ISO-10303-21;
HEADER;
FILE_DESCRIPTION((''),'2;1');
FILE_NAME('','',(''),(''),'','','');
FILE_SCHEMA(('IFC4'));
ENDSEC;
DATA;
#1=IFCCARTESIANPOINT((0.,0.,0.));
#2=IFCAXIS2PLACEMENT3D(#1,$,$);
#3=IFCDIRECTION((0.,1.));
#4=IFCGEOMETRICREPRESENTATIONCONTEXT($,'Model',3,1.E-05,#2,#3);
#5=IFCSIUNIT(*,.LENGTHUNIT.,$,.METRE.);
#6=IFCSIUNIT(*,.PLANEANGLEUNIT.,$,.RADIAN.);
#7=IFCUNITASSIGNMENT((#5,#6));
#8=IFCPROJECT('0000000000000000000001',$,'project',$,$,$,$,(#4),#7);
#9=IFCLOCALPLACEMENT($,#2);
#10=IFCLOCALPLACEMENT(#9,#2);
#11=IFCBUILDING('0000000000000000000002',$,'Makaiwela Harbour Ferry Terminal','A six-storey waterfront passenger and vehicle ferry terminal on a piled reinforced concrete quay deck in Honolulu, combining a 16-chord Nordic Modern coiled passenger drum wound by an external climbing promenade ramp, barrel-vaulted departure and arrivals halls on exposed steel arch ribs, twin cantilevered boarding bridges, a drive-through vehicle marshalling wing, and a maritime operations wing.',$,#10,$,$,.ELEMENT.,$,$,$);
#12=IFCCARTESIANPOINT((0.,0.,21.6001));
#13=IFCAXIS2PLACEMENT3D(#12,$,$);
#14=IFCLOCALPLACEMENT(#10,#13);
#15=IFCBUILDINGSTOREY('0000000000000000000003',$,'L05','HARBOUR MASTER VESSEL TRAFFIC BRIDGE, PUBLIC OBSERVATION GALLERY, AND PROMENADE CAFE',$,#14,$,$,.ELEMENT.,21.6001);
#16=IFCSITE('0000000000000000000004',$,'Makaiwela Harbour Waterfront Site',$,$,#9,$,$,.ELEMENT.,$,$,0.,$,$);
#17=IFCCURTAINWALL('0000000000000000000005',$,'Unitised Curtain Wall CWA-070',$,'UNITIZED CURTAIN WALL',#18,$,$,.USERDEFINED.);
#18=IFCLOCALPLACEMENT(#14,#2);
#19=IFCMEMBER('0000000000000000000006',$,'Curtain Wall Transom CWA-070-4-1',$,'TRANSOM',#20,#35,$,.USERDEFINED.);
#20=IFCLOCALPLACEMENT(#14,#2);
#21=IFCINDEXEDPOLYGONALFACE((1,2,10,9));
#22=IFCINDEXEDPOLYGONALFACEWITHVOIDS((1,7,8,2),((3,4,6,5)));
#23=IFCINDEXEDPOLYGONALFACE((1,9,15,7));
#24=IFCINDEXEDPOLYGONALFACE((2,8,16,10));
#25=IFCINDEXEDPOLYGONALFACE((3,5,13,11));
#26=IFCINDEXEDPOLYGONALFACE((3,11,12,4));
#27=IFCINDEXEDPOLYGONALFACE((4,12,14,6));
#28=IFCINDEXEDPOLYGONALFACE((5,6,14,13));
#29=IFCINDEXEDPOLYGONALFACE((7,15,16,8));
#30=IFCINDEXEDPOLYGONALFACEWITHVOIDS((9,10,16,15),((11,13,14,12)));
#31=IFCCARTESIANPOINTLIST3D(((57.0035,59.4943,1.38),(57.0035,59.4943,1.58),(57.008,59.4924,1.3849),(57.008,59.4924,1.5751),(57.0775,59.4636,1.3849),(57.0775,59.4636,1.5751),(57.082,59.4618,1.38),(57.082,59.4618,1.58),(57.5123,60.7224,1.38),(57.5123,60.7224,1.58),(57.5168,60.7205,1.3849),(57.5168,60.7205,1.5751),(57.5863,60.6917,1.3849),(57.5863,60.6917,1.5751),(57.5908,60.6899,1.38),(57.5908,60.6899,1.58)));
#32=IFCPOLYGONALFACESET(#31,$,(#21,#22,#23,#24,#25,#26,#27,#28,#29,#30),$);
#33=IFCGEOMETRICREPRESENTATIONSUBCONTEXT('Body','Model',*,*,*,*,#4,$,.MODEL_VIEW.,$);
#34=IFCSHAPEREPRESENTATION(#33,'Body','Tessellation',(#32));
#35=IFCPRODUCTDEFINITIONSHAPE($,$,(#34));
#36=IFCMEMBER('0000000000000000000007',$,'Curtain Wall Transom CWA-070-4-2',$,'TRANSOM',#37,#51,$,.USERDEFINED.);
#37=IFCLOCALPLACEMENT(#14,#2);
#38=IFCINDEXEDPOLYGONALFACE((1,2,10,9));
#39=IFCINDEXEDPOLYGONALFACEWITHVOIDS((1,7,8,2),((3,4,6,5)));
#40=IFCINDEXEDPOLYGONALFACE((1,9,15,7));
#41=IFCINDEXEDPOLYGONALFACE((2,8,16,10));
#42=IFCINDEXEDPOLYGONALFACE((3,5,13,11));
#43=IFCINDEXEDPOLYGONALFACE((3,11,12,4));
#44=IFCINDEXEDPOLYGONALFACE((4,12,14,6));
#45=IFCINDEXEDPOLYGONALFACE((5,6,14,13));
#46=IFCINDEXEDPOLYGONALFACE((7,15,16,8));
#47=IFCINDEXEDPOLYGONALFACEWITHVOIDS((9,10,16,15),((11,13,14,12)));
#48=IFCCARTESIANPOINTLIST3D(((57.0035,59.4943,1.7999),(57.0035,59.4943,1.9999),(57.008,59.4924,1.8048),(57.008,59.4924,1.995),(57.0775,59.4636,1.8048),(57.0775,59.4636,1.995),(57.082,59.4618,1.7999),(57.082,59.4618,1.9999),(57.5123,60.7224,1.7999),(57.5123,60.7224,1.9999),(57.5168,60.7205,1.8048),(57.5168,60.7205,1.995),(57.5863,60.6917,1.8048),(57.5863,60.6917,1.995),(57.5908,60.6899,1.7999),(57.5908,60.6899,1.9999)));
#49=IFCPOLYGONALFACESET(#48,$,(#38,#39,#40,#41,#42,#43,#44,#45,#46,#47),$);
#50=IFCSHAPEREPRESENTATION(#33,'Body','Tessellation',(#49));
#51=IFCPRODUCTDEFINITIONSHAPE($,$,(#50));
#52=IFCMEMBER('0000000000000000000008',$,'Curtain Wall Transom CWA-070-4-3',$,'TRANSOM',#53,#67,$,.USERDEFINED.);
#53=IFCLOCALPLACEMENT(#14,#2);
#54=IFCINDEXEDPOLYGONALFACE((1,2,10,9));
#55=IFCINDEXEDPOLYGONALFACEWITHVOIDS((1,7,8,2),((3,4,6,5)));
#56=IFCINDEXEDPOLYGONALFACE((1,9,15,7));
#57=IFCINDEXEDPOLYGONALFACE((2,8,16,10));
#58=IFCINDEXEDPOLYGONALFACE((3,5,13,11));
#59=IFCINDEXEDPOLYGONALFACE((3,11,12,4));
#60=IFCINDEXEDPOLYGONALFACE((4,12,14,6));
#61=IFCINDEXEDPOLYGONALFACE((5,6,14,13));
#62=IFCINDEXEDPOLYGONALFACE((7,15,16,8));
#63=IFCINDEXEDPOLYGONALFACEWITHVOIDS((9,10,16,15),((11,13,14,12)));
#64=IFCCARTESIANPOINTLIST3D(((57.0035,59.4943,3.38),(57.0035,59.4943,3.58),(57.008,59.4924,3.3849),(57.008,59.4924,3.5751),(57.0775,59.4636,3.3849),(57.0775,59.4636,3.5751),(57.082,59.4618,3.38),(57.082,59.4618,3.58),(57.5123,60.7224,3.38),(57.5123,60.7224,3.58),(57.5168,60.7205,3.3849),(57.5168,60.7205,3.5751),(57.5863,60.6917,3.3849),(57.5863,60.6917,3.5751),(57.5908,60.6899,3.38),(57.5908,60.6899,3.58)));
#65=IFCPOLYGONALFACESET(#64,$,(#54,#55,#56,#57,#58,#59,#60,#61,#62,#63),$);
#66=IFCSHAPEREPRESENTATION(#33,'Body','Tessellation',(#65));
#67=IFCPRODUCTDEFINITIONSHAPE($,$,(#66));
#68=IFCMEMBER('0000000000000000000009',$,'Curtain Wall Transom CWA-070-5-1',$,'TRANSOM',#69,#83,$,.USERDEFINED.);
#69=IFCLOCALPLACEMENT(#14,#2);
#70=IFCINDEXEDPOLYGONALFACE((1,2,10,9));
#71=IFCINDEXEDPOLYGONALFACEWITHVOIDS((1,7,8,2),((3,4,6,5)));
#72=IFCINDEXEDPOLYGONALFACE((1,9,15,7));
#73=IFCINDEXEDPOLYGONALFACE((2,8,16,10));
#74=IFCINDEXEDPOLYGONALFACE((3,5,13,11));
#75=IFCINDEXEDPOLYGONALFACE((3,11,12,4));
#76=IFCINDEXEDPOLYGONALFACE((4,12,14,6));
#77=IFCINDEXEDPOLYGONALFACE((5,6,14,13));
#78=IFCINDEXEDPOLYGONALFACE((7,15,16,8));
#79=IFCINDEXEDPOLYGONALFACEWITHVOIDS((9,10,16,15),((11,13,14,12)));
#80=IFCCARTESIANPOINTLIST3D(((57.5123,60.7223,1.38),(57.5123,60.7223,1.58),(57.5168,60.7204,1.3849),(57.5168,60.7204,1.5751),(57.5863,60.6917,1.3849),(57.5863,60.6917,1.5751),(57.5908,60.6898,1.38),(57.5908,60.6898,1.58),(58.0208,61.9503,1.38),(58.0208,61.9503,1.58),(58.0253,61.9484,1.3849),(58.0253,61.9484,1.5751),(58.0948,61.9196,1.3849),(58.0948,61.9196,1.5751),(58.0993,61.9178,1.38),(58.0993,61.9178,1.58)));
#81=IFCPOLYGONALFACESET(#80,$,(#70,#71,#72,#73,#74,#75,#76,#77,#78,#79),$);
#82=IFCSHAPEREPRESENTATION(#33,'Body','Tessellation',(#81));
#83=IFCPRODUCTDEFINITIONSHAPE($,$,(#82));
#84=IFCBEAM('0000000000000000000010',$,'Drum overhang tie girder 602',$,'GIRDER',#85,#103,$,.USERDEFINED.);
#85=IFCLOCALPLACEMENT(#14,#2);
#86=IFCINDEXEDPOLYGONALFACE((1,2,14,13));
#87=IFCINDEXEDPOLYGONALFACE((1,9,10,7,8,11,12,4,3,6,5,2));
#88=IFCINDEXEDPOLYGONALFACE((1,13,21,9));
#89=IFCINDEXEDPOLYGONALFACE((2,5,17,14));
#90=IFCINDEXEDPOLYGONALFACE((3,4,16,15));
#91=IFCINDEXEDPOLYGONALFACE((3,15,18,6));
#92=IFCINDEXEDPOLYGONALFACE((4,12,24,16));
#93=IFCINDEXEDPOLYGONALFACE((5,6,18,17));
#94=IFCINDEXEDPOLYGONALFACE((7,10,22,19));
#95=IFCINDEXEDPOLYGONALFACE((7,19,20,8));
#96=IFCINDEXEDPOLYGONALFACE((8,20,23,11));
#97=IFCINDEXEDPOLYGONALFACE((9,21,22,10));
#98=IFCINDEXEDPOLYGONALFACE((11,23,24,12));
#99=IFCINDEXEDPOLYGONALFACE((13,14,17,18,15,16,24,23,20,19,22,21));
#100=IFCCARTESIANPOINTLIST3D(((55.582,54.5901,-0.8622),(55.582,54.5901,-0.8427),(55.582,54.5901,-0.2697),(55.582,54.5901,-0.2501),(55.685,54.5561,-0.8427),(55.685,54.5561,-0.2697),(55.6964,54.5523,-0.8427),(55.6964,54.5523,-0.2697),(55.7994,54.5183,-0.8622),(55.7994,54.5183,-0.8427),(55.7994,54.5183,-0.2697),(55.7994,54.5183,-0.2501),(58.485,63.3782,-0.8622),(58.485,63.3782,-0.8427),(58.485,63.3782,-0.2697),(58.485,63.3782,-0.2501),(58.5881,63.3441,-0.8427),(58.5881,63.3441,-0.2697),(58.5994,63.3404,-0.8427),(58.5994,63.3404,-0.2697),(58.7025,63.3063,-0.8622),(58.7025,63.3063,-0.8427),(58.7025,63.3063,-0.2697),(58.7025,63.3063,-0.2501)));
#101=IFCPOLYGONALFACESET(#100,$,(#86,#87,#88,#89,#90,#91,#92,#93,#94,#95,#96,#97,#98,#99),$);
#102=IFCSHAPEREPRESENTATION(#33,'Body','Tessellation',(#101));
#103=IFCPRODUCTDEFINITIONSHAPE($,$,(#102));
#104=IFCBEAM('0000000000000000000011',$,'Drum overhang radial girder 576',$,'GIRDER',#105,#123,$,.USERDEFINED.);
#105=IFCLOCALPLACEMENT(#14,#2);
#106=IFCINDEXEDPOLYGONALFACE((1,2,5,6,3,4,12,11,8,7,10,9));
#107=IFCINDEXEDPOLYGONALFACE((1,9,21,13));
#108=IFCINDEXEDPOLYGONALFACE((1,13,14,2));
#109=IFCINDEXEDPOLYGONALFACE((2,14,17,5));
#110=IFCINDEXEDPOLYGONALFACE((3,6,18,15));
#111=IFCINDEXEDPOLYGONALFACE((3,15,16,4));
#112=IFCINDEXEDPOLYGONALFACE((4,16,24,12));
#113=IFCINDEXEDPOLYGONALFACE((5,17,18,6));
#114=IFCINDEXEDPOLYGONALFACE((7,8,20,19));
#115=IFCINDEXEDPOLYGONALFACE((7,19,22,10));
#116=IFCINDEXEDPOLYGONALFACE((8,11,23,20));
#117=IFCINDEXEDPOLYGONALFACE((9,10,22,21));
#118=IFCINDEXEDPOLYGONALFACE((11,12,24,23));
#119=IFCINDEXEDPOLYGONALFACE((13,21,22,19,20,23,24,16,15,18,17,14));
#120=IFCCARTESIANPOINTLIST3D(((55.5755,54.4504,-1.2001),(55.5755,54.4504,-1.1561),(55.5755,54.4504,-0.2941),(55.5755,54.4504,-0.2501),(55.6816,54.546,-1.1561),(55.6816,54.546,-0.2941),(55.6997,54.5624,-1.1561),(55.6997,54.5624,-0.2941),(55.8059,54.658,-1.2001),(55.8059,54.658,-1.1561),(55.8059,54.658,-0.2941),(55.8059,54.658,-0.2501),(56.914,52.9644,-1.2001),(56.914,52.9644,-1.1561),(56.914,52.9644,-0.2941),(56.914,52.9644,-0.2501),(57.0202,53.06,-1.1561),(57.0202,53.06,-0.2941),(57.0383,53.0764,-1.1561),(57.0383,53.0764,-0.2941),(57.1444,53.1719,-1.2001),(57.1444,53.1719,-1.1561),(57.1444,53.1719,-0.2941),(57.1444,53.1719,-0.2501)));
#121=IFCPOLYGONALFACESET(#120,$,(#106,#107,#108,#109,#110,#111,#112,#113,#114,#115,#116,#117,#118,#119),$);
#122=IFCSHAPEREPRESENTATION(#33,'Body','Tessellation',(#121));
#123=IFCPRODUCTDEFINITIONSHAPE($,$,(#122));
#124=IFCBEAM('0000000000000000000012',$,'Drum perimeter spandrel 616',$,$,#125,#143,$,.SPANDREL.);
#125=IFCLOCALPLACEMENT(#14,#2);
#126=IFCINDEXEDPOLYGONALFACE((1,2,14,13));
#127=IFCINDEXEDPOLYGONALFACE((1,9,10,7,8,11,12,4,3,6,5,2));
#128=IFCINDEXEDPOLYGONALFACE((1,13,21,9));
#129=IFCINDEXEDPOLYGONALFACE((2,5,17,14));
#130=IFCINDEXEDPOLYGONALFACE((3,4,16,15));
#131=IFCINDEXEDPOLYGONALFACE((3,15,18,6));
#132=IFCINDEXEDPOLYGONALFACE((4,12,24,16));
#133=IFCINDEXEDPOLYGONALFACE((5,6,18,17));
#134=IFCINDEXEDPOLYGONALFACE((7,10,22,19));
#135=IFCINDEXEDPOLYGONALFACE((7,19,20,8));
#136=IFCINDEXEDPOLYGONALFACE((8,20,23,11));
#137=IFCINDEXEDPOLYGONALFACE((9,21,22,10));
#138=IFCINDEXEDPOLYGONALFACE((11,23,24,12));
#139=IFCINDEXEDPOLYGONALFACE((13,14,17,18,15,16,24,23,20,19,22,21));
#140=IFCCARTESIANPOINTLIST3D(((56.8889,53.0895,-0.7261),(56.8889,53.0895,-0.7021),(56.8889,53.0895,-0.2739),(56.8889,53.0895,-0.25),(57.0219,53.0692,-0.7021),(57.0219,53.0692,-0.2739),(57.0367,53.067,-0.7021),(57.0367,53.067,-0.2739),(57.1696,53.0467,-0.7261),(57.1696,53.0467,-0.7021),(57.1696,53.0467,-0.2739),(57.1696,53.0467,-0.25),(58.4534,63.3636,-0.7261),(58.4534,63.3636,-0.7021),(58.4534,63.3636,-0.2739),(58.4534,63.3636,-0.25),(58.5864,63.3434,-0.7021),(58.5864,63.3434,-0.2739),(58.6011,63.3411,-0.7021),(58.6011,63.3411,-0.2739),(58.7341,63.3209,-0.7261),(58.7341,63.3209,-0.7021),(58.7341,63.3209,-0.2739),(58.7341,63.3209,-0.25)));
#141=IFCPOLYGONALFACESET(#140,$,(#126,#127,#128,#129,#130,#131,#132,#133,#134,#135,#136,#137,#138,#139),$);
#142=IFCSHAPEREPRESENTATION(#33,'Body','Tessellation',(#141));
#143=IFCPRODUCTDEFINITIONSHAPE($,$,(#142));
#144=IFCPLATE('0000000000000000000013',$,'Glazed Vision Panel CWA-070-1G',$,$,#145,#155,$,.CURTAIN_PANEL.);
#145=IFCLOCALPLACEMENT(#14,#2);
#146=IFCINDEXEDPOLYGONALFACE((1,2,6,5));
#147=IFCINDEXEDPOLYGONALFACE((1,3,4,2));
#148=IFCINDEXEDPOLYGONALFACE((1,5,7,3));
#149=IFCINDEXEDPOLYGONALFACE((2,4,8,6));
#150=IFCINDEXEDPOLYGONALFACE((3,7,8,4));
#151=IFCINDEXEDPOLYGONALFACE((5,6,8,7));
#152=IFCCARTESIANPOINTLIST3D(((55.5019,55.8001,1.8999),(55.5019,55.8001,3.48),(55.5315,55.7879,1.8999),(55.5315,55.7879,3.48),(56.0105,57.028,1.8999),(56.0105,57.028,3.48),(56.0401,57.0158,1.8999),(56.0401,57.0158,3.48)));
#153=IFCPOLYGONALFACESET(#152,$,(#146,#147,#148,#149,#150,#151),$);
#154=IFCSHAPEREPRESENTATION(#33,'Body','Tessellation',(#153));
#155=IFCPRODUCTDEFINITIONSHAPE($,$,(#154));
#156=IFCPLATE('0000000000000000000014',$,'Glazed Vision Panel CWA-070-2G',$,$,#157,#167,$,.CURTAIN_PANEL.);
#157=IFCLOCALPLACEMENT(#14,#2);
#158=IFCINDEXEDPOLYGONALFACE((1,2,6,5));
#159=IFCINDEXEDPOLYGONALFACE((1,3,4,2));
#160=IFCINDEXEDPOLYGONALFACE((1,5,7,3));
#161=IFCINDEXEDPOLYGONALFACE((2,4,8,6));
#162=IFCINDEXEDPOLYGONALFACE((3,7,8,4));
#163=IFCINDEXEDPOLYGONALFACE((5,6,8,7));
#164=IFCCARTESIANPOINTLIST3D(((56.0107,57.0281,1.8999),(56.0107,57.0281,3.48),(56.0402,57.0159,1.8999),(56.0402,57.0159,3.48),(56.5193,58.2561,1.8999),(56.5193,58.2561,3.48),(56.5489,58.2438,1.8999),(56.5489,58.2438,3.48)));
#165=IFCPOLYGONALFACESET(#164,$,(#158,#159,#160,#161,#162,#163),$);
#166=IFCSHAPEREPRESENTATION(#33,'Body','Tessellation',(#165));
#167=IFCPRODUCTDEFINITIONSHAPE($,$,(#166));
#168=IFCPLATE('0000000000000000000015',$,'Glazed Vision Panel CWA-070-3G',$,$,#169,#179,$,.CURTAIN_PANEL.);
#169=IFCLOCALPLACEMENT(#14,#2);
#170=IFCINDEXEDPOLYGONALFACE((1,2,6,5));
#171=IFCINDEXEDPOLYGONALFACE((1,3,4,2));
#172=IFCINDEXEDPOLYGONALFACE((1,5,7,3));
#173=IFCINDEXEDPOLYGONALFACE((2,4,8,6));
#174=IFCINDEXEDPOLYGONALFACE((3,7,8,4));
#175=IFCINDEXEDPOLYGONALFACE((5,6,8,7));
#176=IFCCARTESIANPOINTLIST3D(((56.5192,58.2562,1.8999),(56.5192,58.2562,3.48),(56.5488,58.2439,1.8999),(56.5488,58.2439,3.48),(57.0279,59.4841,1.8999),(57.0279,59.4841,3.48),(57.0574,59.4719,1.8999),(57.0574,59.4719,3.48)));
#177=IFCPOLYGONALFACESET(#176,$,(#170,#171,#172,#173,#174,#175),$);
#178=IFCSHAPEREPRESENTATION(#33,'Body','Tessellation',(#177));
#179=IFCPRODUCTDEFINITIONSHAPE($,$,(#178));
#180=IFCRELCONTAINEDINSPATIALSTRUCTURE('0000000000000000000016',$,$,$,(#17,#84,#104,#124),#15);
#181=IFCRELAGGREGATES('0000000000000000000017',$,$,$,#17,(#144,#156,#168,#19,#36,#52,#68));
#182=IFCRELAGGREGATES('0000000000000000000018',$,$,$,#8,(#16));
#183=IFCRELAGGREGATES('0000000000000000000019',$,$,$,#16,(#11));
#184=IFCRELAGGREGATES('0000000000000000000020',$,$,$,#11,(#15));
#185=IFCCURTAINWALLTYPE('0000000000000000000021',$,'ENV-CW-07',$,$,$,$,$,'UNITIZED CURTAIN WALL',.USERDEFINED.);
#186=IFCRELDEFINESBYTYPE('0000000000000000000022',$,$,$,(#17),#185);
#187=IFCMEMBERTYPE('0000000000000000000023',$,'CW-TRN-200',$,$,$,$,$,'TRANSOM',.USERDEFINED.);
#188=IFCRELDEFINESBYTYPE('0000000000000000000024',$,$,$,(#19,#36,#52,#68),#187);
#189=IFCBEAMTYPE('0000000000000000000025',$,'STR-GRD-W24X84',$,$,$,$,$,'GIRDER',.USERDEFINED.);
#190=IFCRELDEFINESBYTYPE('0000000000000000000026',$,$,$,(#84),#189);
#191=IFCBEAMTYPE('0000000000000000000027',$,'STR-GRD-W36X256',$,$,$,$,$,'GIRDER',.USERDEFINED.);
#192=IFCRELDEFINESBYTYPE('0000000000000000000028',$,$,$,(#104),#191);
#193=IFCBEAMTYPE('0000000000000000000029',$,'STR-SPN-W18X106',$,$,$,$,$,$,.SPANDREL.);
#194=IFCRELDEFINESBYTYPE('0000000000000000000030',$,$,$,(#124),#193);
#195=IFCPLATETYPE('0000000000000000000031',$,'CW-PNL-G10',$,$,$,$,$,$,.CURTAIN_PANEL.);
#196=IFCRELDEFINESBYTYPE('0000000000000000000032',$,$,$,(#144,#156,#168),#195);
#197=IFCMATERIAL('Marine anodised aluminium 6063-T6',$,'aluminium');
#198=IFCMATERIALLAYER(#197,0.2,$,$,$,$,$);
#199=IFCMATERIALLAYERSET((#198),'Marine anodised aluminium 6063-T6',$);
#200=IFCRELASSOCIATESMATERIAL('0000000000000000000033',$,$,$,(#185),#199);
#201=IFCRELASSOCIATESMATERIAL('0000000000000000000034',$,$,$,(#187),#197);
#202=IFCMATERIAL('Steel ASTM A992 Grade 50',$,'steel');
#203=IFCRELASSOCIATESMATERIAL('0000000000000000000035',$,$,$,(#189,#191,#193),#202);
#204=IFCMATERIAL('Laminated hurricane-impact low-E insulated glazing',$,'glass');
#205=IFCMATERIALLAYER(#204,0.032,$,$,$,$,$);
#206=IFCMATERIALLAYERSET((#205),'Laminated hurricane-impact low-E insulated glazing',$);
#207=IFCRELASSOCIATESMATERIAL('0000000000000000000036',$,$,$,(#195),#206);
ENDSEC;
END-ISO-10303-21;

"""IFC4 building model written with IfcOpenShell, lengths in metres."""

from ifc_helpers import new_model, si_unit, direction, frame, origin, origin_2d, place, context, subcontext, project, spatial, rectangle, hollow_rectangle, i_section, extrude, material, layer, layer_set, material_profile, profile_set, type_object, element, aggregate, save


model = new_model("IFC4")

# Units and contexts
model_context = context("Model", 3, precision=1e-05, world=origin(), true_north=direction((0.0, 1.0)))
body_context = subcontext(model_context, "Body", "Model", "MODEL_VIEW")
ifc_project = project(units=[si_unit("LENGTHUNIT", "METRE"), si_unit("PLANEANGLEUNIT", "RADIAN")], contexts=[model_context])

# Site, building, storey
site_placement = place(None, origin())
site = spatial("IfcSite", under=ifc_project, at=site_placement, Name="Makaiwela Harbour Waterfront Site", CompositionType="ELEMENT", RefElevation=0.0)
building_placement = place(site_placement, origin())
building = spatial("IfcBuilding", under=site, at=building_placement, Name="Makaiwela Harbour Ferry Terminal", Description="A six-storey waterfront passenger and vehicle ferry terminal on a piled reinforced concrete quay deck in Honolulu, combining a 16-chord Nordic Modern coiled passenger drum wound by an external climbing promenade ramp, barrel-vaulted departure and arrivals halls on exposed steel arch ribs, twin cantilevered boarding bridges, a drive-through vehicle marshalling wing, and a maritime operations wing.", CompositionType="ELEMENT")
storey_placement = place(building_placement, frame((0.0, 0.0, 21.6001)))
storey = spatial("IfcBuildingStorey", under=building, at=storey_placement, Name="L05", Description="HARBOUR MASTER VESSEL TRAFFIC BRIDGE, PUBLIC OBSERVATION GALLERY, AND PROMENADE CAFE", CompositionType="ELEMENT", Elevation=21.6001)

# Curtain wall, members
ifc_material_1 = material(Name="Marine anodised aluminium 6063-T6", Category="aluminium")
ifc_layer_1 = layer(ifc_material_1, 0.2)
ifc_layer_set_1 = layer_set([ifc_layer_1], Name="Marine anodised aluminium 6063-T6")
curtain_wall_type = type_object("IfcCurtainWallType", Name="ENV-CW-07", ElementType="UNITIZED CURTAIN WALL", PredefinedType="USERDEFINED", material=ifc_layer_set_1)
curtain_wall_placement = place(storey_placement, origin())
curtain_wall = element("IfcCurtainWall", 1, at=curtain_wall_placement, inside=storey, type_object=curtain_wall_type, Name="Unitised Curtain Wall CWA-070", ObjectType="UNITIZED CURTAIN WALL", PredefinedType="USERDEFINED")
ifc_material_profile_1 = material_profile(ifc_material_1, hollow_rectangle(XDim=0.085, YDim=0.2, WallThickness=0.0049, at=origin_2d()), Name="CWT-200X85")
ifc_profile_set_1 = profile_set([ifc_material_profile_1], Name="Marine anodised aluminium 6063-T6")
member_type_1 = type_object("IfcMemberType", Name="CW-TRN-200", ElementType="TRANSOM", PredefinedType="USERDEFINED", material=ifc_profile_set_1)
member_1_placement = place(storey_placement, frame((57.0427, 59.478, 1.48), z_axis=(0.382763, 0.923847, 0.0), x_axis=(-0.923847, 0.382763, 0.0)))
member_1 = element("IfcMember", 2, at=member_1_placement, type_object=member_type_1, Name="Curtain Wall Transom CWA-070-4-1", ObjectType="TRANSOM", PredefinedType="USERDEFINED", context=body_context, shape_type="SweptSolid", body=[
    extrude(hollow_rectangle(XDim=0.085, YDim=0.2, WallThickness=0.0049, at=origin_2d()), origin(), (0.0, 0.0, 1.0), 1.3293),
])
member_2_placement = place(storey_placement, frame((57.0427, 59.478, 1.8999), z_axis=(0.382763, 0.923847, 0.0), x_axis=(-0.923847, 0.382763, 0.0)))
member_2 = element("IfcMember", 3, at=member_2_placement, type_object=member_type_1, Name="Curtain Wall Transom CWA-070-4-2", ObjectType="TRANSOM", PredefinedType="USERDEFINED", context=body_context, shape_type="SweptSolid", body=[
    extrude(hollow_rectangle(XDim=0.085, YDim=0.2, WallThickness=0.0049, at=origin_2d()), origin(), (0.0, 0.0, 1.0), 1.3293),
])
member_3_placement = place(storey_placement, frame((57.0427, 59.478, 3.48), z_axis=(0.382763, 0.923847, 0.0), x_axis=(-0.923847, 0.382763, 0.0)))
member_3 = element("IfcMember", 4, at=member_3_placement, type_object=member_type_1, Name="Curtain Wall Transom CWA-070-4-3", ObjectType="TRANSOM", PredefinedType="USERDEFINED", context=body_context, shape_type="SweptSolid", body=[
    extrude(hollow_rectangle(XDim=0.085, YDim=0.2, WallThickness=0.0049, at=origin_2d()), origin(), (0.0, 0.0, 1.0), 1.3293),
])
member_4_placement = place(storey_placement, frame((57.5515, 60.7061, 1.48), z_axis=(0.382606, 0.923912, 0.0), x_axis=(-0.923912, 0.382606, 0.0)))
member_4 = element("IfcMember", 5, at=member_4_placement, type_object=member_type_1, Name="Curtain Wall Transom CWA-070-5-1", ObjectType="TRANSOM", PredefinedType="USERDEFINED", context=body_context, shape_type="SweptSolid", body=[
    extrude(hollow_rectangle(XDim=0.085, YDim=0.2, WallThickness=0.0049, at=origin_2d()), origin(), (0.0, 0.0, 1.0), 1.3291),
])

# Beams
ifc_material_2 = material(Name="Steel ASTM A992 Grade 50", Category="steel")
ifc_material_profile_2 = material_profile(ifc_material_2, i_section(OverallWidth=0.229, OverallDepth=0.6121, WebThickness=0.012, FlangeThickness=0.0195, at=origin_2d()), Name="W24X84")
ifc_profile_set_2 = profile_set([ifc_material_profile_2], Name="Steel ASTM A992 Grade 50")
beam_type_1 = type_object("IfcBeamType", Name="STR-GRD-W24X84", ElementType="GIRDER", PredefinedType="USERDEFINED", material=ifc_profile_set_2)
beam_1_placement = place(storey_placement, frame((55.6907, 54.5542, -0.5562), z_axis=(0.313671, 0.949532, 0.0), x_axis=(-0.949532, 0.313671, 0.0)))
element("IfcBeam", 6, at=beam_1_placement, inside=storey, type_object=beam_type_1, Name="Drum overhang tie girder 602", ObjectType="GIRDER", PredefinedType="USERDEFINED", context=body_context, shape_type="SweptSolid", body=[
    extrude(i_section(OverallWidth=0.229, OverallDepth=0.6121, WebThickness=0.012, FlangeThickness=0.0195, at=origin_2d()), origin(), (0.0, 0.0, 1.0), 9.2551),
])
ifc_material_profile_3 = material_profile(ifc_material_2, i_section(OverallWidth=0.3101, OverallDepth=0.95, WebThickness=0.0244, FlangeThickness=0.0439, at=origin_2d()), Name="W36X256")
ifc_profile_set_3 = profile_set([ifc_material_profile_3], Name="Steel ASTM A992 Grade 50")
beam_type_2 = type_object("IfcBeamType", Name="STR-GRD-W36X256", ElementType="GIRDER", PredefinedType="USERDEFINED", material=ifc_profile_set_3)
beam_2_placement = place(storey_placement, frame((55.6907, 54.5542, -0.7251), z_axis=(0.669282, -0.743009, 0.0), x_axis=(0.743009, 0.669282, 0.0)))
element("IfcBeam", 7, at=beam_2_placement, inside=storey, type_object=beam_type_2, Name="Drum overhang radial girder 576", ObjectType="GIRDER", PredefinedType="USERDEFINED", context=body_context, shape_type="SweptSolid", body=[
    extrude(i_section(OverallWidth=0.3101, OverallDepth=0.95, WebThickness=0.0244, FlangeThickness=0.0439, at=origin_2d()), origin(), (0.0, 0.0, 1.0), 2.0),
])
ifc_material_profile_4 = material_profile(ifc_material_2, i_section(OverallWidth=0.2839, OverallDepth=0.4761, WebThickness=0.0149, FlangeThickness=0.0239, at=origin_2d()), Name="W18X106")
ifc_profile_set_4 = profile_set([ifc_material_profile_4], Name="Steel ASTM A992 Grade 50")
beam_type_3 = type_object("IfcBeamType", Name="STR-SPN-W18X106", PredefinedType="SPANDREL", material=ifc_profile_set_4)
beam_3_placement = place(storey_placement, frame((57.0293, 53.0681, -0.488), z_axis=(0.150535, 0.988605, 0.0), x_axis=(-0.988605, 0.150535, 0.0)))
element("IfcBeam", 8, at=beam_3_placement, inside=storey, type_object=beam_type_3, Name="Drum perimeter spandrel 616", PredefinedType="SPANDREL", context=body_context, shape_type="SweptSolid", body=[
    extrude(i_section(OverallWidth=0.2839, OverallDepth=0.4761, WebThickness=0.0149, FlangeThickness=0.0239, at=origin_2d()), origin(), (0.0, 0.0, 1.0), 10.3926),
])

# Plates
ifc_material_3 = material(Name="Laminated hurricane-impact low-E insulated glazing", Category="glass")
ifc_layer_2 = layer(ifc_material_3, 0.032)
ifc_layer_set_2 = layer_set([ifc_layer_2], Name="Laminated hurricane-impact low-E insulated glazing")
plate_type_1 = type_object("IfcPlateType", Name="CW-PNL-G10", PredefinedType="CURTAIN_PANEL", material=ifc_layer_set_2)
plate_1_placement = place(storey_placement, frame((55.771, 56.408, 1.8999), z_axis=(0.0, 0.0, 1.0), x_axis=(0.382683, 0.92388, 0.0)))
plate_1 = element("IfcPlate", 9, at=plate_1_placement, type_object=plate_type_1, Name="Glazed Vision Panel CWA-070-1G", PredefinedType="CURTAIN_PANEL", context=body_context, shape_type="SweptSolid", body=[
    extrude(rectangle(XDim=1.3291, YDim=0.032, at=origin_2d()), origin(), (0.0, 0.0, 1.0), 1.5801),
])
plate_2_placement = place(storey_placement, frame((56.2798, 57.636, 1.8999), z_axis=(0.0, 0.0, 1.0), x_axis=(0.382683, 0.92388, 0.0)))
plate_2 = element("IfcPlate", 10, at=plate_2_placement, type_object=plate_type_1, Name="Glazed Vision Panel CWA-070-2G", PredefinedType="CURTAIN_PANEL", context=body_context, shape_type="SweptSolid", body=[
    extrude(rectangle(XDim=1.3291, YDim=0.032, at=origin_2d()), origin(), (0.0, 0.0, 1.0), 1.5801),
])
plate_3_placement = place(storey_placement, frame((56.7883, 58.864, 1.8999), z_axis=(0.0, 0.0, 1.0), x_axis=(0.382683, 0.92388, 0.0)))
plate_3 = element("IfcPlate", 11, at=plate_3_placement, type_object=plate_type_1, Name="Glazed Vision Panel CWA-070-3G", PredefinedType="CURTAIN_PANEL", context=body_context, shape_type="SweptSolid", body=[
    extrude(rectangle(XDim=1.3291, YDim=0.032, at=origin_2d()), origin(), (0.0, 0.0, 1.0), 1.5801),
])
aggregate(curtain_wall, [plate_1, plate_2, plate_3, member_1, member_2, member_3, member_4])

save(model, "model.ifc")
